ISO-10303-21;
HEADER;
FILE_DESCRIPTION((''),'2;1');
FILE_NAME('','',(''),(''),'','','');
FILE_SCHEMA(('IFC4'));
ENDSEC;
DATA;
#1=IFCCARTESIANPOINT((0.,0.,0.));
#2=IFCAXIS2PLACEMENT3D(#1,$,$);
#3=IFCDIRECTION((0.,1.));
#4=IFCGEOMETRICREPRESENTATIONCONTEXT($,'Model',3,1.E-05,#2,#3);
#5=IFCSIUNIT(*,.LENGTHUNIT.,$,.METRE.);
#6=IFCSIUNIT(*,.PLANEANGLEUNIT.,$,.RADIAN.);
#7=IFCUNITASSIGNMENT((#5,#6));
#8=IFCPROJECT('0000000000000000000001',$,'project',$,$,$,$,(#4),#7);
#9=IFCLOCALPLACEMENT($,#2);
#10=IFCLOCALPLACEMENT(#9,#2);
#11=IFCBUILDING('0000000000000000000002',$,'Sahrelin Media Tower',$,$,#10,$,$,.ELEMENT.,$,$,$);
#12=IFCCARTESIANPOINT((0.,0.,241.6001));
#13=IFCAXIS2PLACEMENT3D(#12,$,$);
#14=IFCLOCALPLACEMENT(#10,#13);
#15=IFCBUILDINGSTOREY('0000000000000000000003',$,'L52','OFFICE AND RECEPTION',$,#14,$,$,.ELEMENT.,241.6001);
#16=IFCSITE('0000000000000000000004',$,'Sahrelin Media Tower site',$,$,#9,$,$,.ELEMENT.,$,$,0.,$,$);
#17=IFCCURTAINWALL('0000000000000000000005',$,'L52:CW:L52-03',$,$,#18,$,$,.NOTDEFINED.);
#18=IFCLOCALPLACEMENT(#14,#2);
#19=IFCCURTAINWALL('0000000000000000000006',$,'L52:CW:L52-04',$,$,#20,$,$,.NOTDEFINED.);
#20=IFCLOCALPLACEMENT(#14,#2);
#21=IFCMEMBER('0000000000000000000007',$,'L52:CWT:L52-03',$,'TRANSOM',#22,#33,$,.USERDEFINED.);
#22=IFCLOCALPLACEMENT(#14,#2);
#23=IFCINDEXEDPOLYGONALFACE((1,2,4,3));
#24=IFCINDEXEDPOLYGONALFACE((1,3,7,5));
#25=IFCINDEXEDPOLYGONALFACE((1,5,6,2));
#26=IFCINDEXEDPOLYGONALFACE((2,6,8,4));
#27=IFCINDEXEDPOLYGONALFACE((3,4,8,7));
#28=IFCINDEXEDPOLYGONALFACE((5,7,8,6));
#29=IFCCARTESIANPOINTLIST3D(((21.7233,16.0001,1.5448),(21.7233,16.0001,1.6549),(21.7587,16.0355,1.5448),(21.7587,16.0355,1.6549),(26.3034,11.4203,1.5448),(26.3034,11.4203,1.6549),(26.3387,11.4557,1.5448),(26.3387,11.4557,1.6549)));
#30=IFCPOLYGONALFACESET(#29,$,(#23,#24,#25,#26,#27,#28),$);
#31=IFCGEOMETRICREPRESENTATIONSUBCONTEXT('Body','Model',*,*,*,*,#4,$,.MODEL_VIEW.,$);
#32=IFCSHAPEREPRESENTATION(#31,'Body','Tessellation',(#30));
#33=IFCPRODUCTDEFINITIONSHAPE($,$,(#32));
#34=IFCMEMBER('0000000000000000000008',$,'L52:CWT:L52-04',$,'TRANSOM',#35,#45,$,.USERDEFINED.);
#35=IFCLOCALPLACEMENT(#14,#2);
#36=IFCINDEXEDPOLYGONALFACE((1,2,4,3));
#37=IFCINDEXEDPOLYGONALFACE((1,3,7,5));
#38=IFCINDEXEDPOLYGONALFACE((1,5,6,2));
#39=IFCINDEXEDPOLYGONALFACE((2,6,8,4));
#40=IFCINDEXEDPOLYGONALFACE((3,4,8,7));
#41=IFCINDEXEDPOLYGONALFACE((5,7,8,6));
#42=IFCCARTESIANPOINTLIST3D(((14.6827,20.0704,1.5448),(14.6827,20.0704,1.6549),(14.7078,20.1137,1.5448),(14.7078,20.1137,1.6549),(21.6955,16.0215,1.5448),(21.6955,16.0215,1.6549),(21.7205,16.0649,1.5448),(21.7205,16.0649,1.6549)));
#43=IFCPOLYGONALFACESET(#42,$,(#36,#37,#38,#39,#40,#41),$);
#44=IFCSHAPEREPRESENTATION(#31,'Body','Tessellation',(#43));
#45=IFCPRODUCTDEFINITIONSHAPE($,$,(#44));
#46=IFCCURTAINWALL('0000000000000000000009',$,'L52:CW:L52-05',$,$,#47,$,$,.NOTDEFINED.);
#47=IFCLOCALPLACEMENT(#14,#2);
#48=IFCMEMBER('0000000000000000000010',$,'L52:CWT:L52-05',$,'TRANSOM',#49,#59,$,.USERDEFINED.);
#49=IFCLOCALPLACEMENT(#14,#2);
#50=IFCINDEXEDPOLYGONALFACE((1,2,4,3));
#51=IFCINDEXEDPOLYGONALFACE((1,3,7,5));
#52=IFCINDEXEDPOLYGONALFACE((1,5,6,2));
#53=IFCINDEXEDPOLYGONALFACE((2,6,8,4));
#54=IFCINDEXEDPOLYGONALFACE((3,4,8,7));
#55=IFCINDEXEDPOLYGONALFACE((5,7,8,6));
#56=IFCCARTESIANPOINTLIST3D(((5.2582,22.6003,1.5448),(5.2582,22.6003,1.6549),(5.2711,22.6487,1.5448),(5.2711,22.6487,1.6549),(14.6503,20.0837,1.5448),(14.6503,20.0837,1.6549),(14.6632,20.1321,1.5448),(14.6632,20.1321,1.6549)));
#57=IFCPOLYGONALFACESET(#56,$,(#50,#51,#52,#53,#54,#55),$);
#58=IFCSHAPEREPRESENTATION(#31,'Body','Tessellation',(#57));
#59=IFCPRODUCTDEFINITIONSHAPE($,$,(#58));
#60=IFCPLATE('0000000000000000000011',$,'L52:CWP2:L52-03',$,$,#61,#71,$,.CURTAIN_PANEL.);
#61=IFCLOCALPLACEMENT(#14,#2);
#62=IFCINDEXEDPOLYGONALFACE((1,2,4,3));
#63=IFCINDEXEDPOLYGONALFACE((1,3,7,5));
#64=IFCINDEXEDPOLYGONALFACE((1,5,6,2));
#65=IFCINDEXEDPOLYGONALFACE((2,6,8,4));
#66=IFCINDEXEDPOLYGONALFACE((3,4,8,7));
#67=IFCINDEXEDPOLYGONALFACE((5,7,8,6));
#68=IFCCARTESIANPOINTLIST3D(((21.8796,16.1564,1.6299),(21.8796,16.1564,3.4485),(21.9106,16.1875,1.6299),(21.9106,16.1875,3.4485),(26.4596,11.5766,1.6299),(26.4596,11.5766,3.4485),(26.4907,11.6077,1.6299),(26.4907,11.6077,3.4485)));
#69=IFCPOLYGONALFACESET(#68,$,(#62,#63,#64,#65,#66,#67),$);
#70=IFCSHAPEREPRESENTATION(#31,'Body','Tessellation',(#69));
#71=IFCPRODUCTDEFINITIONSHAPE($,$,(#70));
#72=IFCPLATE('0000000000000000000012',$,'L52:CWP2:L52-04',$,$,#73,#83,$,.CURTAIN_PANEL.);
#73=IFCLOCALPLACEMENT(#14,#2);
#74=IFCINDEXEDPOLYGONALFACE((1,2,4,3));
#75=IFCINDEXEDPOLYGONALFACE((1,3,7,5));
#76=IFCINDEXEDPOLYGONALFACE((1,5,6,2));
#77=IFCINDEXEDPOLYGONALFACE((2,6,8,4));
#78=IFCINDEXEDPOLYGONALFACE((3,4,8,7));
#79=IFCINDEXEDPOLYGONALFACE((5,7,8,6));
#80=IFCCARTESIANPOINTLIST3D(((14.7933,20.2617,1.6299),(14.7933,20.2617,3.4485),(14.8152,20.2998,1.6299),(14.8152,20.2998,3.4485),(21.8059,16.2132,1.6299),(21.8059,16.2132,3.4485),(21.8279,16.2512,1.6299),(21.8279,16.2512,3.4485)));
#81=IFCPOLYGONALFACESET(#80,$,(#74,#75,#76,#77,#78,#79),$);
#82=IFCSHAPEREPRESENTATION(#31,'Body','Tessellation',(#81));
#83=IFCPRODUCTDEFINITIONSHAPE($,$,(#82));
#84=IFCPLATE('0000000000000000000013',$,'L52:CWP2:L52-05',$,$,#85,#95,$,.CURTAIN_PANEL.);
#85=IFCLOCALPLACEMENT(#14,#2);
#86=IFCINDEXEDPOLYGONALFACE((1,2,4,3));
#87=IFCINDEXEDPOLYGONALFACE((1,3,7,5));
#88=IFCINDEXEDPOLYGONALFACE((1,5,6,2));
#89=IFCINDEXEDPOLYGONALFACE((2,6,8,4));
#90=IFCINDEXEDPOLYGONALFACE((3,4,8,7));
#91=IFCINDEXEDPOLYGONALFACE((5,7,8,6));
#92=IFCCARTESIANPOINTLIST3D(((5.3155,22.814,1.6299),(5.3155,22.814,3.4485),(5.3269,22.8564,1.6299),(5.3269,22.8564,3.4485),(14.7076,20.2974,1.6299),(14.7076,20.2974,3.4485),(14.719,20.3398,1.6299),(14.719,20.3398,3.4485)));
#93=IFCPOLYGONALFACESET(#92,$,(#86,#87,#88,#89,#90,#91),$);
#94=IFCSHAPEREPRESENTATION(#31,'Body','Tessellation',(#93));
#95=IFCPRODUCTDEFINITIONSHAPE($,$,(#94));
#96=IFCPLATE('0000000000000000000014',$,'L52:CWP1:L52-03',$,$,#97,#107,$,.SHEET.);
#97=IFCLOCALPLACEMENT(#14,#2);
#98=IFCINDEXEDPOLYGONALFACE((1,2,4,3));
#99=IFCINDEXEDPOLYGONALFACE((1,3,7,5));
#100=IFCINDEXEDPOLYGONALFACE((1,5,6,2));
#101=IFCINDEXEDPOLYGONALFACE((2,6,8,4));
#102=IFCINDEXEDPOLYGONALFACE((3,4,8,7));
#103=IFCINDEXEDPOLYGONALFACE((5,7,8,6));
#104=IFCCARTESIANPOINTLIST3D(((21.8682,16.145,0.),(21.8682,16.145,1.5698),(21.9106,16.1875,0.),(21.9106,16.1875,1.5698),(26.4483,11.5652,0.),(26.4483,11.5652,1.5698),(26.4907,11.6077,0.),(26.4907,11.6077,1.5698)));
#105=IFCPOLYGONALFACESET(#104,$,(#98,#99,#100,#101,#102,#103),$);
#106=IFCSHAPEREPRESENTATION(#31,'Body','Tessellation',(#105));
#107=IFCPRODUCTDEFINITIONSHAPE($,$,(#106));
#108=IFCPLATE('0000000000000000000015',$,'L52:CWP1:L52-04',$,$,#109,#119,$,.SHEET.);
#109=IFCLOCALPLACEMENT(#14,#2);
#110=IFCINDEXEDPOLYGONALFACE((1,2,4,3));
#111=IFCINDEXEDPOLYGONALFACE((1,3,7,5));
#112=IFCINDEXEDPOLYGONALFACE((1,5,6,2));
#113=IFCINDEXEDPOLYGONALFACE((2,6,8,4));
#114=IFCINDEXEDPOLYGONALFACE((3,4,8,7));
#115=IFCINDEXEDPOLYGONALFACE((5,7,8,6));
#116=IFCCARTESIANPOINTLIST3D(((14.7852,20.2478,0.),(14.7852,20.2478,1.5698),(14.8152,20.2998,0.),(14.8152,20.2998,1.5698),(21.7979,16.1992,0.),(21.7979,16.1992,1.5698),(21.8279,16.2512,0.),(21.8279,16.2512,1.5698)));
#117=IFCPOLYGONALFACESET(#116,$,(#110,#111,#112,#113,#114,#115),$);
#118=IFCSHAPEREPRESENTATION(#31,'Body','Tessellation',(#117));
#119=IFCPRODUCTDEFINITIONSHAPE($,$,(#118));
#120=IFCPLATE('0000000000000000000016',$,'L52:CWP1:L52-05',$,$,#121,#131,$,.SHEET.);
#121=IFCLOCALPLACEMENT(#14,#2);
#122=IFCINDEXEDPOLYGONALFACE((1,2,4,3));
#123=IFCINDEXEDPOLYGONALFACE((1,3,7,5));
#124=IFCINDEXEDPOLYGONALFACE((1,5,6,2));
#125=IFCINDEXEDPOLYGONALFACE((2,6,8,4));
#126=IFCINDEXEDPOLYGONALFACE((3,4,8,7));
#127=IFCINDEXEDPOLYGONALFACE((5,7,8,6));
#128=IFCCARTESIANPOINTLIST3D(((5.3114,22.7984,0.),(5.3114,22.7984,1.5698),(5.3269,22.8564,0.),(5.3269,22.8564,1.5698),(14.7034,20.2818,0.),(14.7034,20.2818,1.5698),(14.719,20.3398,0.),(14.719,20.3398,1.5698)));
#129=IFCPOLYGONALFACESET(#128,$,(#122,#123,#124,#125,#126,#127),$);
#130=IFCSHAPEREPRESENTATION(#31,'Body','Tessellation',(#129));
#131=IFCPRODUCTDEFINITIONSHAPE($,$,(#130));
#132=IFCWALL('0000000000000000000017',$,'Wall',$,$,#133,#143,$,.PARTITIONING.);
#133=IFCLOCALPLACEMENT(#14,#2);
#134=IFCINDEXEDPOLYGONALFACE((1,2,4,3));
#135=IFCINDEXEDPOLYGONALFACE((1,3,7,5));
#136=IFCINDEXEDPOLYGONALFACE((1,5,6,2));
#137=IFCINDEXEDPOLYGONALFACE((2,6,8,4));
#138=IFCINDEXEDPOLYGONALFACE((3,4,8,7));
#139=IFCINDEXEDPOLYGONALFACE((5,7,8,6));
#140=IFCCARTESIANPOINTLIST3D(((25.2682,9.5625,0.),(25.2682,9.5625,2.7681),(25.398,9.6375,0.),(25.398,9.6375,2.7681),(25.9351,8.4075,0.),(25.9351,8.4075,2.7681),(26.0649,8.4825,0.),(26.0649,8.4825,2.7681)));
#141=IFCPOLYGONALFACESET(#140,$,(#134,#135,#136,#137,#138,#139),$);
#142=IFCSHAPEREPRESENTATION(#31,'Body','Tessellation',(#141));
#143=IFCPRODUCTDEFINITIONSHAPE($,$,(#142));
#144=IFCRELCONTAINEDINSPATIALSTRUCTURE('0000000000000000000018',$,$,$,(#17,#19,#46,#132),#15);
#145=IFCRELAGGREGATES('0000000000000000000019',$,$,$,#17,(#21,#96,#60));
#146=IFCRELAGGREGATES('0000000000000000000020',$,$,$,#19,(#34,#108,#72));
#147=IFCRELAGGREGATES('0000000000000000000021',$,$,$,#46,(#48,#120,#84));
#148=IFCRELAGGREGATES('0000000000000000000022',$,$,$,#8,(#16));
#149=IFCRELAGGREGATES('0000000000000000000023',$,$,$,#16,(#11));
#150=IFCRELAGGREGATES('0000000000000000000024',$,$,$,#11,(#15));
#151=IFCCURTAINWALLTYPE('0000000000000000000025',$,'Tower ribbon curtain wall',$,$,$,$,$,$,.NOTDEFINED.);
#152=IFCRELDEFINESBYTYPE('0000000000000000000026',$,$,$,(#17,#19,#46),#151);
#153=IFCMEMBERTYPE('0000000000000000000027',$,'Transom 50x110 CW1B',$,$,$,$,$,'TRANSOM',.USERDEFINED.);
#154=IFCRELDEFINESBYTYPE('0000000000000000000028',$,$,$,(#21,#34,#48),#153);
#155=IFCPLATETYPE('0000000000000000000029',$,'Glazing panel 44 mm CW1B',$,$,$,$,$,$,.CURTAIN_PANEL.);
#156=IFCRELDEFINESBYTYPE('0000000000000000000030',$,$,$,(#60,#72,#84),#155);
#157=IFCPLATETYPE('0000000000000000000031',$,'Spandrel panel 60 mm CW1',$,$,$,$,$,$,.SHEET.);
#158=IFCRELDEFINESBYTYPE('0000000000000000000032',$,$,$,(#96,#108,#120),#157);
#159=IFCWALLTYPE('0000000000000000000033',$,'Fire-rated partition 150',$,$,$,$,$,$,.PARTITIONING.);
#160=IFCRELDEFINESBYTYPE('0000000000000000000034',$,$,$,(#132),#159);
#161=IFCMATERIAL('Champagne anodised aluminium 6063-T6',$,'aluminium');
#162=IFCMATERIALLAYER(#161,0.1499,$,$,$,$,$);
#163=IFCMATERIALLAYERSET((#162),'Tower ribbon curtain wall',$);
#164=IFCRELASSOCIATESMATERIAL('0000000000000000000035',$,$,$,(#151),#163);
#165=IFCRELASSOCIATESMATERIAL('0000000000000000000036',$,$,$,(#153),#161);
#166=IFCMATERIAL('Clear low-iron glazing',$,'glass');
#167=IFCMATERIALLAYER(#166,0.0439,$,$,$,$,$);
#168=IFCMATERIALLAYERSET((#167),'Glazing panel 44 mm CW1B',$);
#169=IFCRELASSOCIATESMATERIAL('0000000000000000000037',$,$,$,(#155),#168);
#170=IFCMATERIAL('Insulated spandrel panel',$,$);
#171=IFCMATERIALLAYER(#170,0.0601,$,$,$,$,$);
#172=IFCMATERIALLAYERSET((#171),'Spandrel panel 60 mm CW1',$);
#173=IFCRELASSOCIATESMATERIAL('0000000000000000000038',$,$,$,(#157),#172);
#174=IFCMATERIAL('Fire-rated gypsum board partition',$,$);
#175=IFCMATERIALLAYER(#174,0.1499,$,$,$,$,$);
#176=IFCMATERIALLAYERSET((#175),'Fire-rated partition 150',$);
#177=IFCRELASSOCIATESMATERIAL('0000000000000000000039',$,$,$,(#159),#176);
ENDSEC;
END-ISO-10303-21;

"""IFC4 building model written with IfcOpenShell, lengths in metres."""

from ifc_helpers import new_model, si_unit, direction, frame, frame_2d, origin, origin_2d, place, context, subcontext, project, spatial, polyline, rectangle, outline, extrude, material, layer, layer_set, material_profile, profile_set, type_object, element, aggregate, save


model = new_model("IFC4")

# Units and contexts
model_context = context("Model", 3, precision=1e-05, world=origin(), true_north=direction((0.0, 1.0)))
body_context = subcontext(model_context, "Body", "Model", "MODEL_VIEW")
ifc_project = project(units=[si_unit("LENGTHUNIT", "METRE"), si_unit("PLANEANGLEUNIT", "RADIAN")], contexts=[model_context])

# Site, building, storey
site_placement = place(None, origin())
site = spatial("IfcSite", under=ifc_project, at=site_placement, Name="Sahrelin Media Tower site", CompositionType="ELEMENT", RefElevation=0.0)
building_placement = place(site_placement, origin())
building = spatial("IfcBuilding", under=site, at=building_placement, Name="Sahrelin Media Tower", CompositionType="ELEMENT")
storey_placement = place(building_placement, frame((0.0, 0.0, 241.6001)))
storey = spatial("IfcBuildingStorey", under=building, at=storey_placement, Name="L52", Description="OFFICE AND RECEPTION", CompositionType="ELEMENT", Elevation=241.6001)

# Curtain walls
ifc_material_1 = material(Name="Champagne anodised aluminium 6063-T6", Category="aluminium")
ifc_layer_1 = layer(ifc_material_1, 0.1499)
ifc_layer_set_1 = layer_set([ifc_layer_1], Name="Tower ribbon curtain wall")
curtain_wall_type = type_object("IfcCurtainWallType", Name="Tower ribbon curtain wall", PredefinedType="NOTDEFINED", material=ifc_layer_set_1)
curtain_wall_1_placement = place(storey_placement, frame((24.1865, 13.8835, 0.0), z_axis=(0.0, 0.0, 1.0), x_axis=(1.0, 0.0, 0.0)))
curtain_wall_1 = element("IfcCurtainWall", 1, at=curtain_wall_1_placement, inside=storey, type_object=curtain_wall_type, Name="L52:CW:L52-03", PredefinedType="NOTDEFINED")
curtain_wall_2_placement = place(storey_placement, frame((18.3115, 18.2583, 0.0), z_axis=(0.0, 0.0, 1.0), x_axis=(1.0, 0.0, 0.0)))
curtain_wall_2 = element("IfcCurtainWall", 2, at=curtain_wall_2_placement, inside=storey, type_object=curtain_wall_type, Name="L52:CW:L52-04", PredefinedType="NOTDEFINED")

# Members
ifc_material_profile_1 = material_profile(ifc_material_1, rectangle(XDim=0.05, YDim=0.1101, at=origin_2d()), Name="Transom 50x110")
ifc_profile_set_1 = profile_set([ifc_material_profile_1], Name="Champagne anodised aluminium 6063-T6")
member_type_1 = type_object("IfcMemberType", Name="Transom 50x110 CW1B", ElementType="TRANSOM", PredefinedType="USERDEFINED", material=ifc_profile_set_1)
member_1_placement = place(storey_placement, frame((26.321, 11.438, 1.5999), z_axis=(-0.707126, 0.707088, 0.0), x_axis=(-0.707088, -0.707126, 0.0)))
member_1 = element("IfcMember", 3, at=member_1_placement, type_object=member_type_1, Name="L52:CWT:L52-03", ObjectType="TRANSOM", PredefinedType="USERDEFINED", context=body_context, shape_type="SweptSolid", body=[
    extrude(rectangle(XDim=0.05, YDim=0.1101, at=origin_2d()), origin(), (0.0, 0.0, 1.0), 6.4771),
])
member_2_placement = place(storey_placement, frame((21.708, 16.0432, 1.5999), z_axis=(-0.866023, 0.500004, 0.0), x_axis=(-0.500004, -0.866023, 0.0)))
member_2 = element("IfcMember", 4, at=member_2_placement, type_object=member_type_1, Name="L52:CWT:L52-04", ObjectType="TRANSOM", PredefinedType="USERDEFINED", context=body_context, shape_type="SweptSolid", body=[
    extrude(rectangle(XDim=0.05, YDim=0.1101, at=origin_2d()), origin(), (0.0, 0.0, 1.0), 8.0977),
])

# Curtain wall, member
curtain_wall_3_placement = place(storey_placement, frame((10.0176, 21.5786, 0.0), z_axis=(0.0, 0.0, 1.0), x_axis=(1.0, 0.0, 0.0)))
curtain_wall_3 = element("IfcCurtainWall", 5, at=curtain_wall_3_placement, inside=storey, type_object=curtain_wall_type, Name="L52:CW:L52-05", PredefinedType="NOTDEFINED")
member_3_placement = place(storey_placement, frame((14.6567, 20.1079, 1.5999), z_axis=(-0.965926, 0.258819, 0.0), x_axis=(-0.258819, -0.965926, 0.0)))
member_3 = element("IfcMember", 6, at=member_3_placement, type_object=member_type_1, Name="L52:CWT:L52-05", ObjectType="TRANSOM", PredefinedType="USERDEFINED", context=body_context, shape_type="SweptSolid", body=[
    extrude(rectangle(XDim=0.05, YDim=0.1101, at=origin_2d()), origin(), (0.0, 0.0, 1.0), 9.7234),
])

# Plates
ifc_material_2 = material(Name="Clear low-iron glazing", Category="glass")
ifc_layer_2 = layer(ifc_material_2, 0.0439)
ifc_layer_set_2 = layer_set([ifc_layer_2], Name="Glazing panel 44 mm CW1B")
plate_type_1 = type_object("IfcPlateType", Name="Glazing panel 44 mm CW1B", PredefinedType="CURTAIN_PANEL", material=ifc_layer_set_2)
plate_1_placement = place(storey_placement, frame((26.4907, 11.6077, 1.6299), z_axis=(0.707088, 0.707126, 0.0), x_axis=(-0.707126, 0.707088, 0.0)))
plate_1 = element("IfcPlate", 7, at=plate_1_placement, type_object=plate_type_1, Name="L52:CWP2:L52-03", PredefinedType="CURTAIN_PANEL", context=body_context, shape_type="SweptSolid", body=[
    extrude(outline(polyline([(0.0, 0.0), (6.4771, 0.0), (6.4771, 1.8186), (0.0, 1.8186), (0.0, 0.0)])), origin(), (0.0, 0.0, -1.0), 0.0439),
])
plate_2_placement = place(storey_placement, frame((21.8279, 16.2512, 1.6299), z_axis=(0.499982, 0.866036, 0.0), x_axis=(-0.866036, 0.499982, 0.0)))
plate_2 = element("IfcPlate", 8, at=plate_2_placement, type_object=plate_type_1, Name="L52:CWP2:L52-04", PredefinedType="CURTAIN_PANEL", context=body_context, shape_type="SweptSolid", body=[
    extrude(outline(polyline([(0.0, 0.0), (8.0974, 0.0), (8.0974, 1.8186), (0.0, 1.8186), (0.0, 0.0)])), origin(), (0.0, 0.0, -1.0), 0.0439),
])
plate_3_placement = place(storey_placement, frame((14.719, 20.3398, 1.6299), z_axis=(0.258819, 0.965926, 0.0), x_axis=(-0.965926, 0.258819, 0.0)))
plate_3 = element("IfcPlate", 9, at=plate_3_placement, type_object=plate_type_1, Name="L52:CWP2:L52-05", PredefinedType="CURTAIN_PANEL", context=body_context, shape_type="SweptSolid", body=[
    extrude(outline(polyline([(0.0, 0.0), (9.7234, 0.0), (9.7234, 1.8186), (0.0, 1.8186), (0.0, 0.0)])), origin(), (0.0, 0.0, -1.0), 0.0439),
])
ifc_material_3 = material(Name="Insulated spandrel panel")
ifc_layer_3 = layer(ifc_material_3, 0.0601)
ifc_layer_set_3 = layer_set([ifc_layer_3], Name="Spandrel panel 60 mm CW1")
plate_type_2 = type_object("IfcPlateType", Name="Spandrel panel 60 mm CW1", PredefinedType="SHEET", material=ifc_layer_set_3)
plate_4_placement = place(storey_placement, frame((26.4907, 11.6077, 0.0), z_axis=(0.707088, 0.707126, 0.0), x_axis=(-0.707126, 0.707088, 0.0)))
plate_4 = element("IfcPlate", 10, at=plate_4_placement, type_object=plate_type_2, Name="L52:CWP1:L52-03", PredefinedType="SHEET", context=body_context, shape_type="SweptSolid", body=[
    extrude(outline(polyline([(0.0, 0.0), (6.4771, 0.0), (6.4771, 1.5698), (0.0, 1.5698), (0.0, 0.0)])), origin(), (0.0, 0.0, -1.0), 0.0601),
])
aggregate(curtain_wall_1, [member_1, plate_4, plate_1])
plate_5_placement = place(storey_placement, frame((21.8279, 16.2512, 0.0), z_axis=(0.499982, 0.866036, 0.0), x_axis=(-0.866036, 0.499982, 0.0)))
plate_5 = element("IfcPlate", 11, at=plate_5_placement, type_object=plate_type_2, Name="L52:CWP1:L52-04", PredefinedType="SHEET", context=body_context, shape_type="SweptSolid", body=[
    extrude(outline(polyline([(0.0, 0.0), (8.0974, 0.0), (8.0974, 1.5698), (0.0, 1.5698), (0.0, 0.0)])), origin(), (0.0, 0.0, -1.0), 0.0601),
])
aggregate(curtain_wall_2, [member_2, plate_5, plate_2])
plate_6_placement = place(storey_placement, frame((14.719, 20.3398, 0.0), z_axis=(0.258819, 0.965926, 0.0), x_axis=(-0.965926, 0.258819, 0.0)))
plate_6 = element("IfcPlate", 12, at=plate_6_placement, type_object=plate_type_2, Name="L52:CWP1:L52-05", PredefinedType="SHEET", context=body_context, shape_type="SweptSolid", body=[
    extrude(outline(polyline([(0.0, 0.0), (9.7234, 0.0), (9.7234, 1.5698), (0.0, 1.5698), (0.0, 0.0)])), origin(), (0.0, 0.0, -1.0), 0.0601),
])
aggregate(curtain_wall_3, [member_3, plate_6, plate_3])

# Wall
ifc_material_4 = material(Name="Fire-rated gypsum board partition")
ifc_layer_4 = layer(ifc_material_4, 0.1499)
ifc_layer_set_4 = layer_set([ifc_layer_4], Name="Fire-rated partition 150")
wall_type = type_object("IfcWallType", Name="Fire-rated partition 150", PredefinedType="PARTITIONING", material=ifc_layer_set_4)
wall_placement = place(storey_placement, frame((25.333, 9.6001, 0.0), z_axis=(0.0, 0.0, 1.0), x_axis=(0.500076, -0.865981, 0.0)))
element("IfcWall", 13, at=wall_placement, inside=storey, type_object=wall_type, Name="Wall", PredefinedType="PARTITIONING", context=body_context, shape_type="SweptSolid", body=[
    extrude(rectangle(XDim=1.3337, YDim=0.1499, at=frame_2d((0.667, 0.0))), origin(), (0.0, 0.0, 1.0), 2.7681),
])

save(model, "model.ifc")
